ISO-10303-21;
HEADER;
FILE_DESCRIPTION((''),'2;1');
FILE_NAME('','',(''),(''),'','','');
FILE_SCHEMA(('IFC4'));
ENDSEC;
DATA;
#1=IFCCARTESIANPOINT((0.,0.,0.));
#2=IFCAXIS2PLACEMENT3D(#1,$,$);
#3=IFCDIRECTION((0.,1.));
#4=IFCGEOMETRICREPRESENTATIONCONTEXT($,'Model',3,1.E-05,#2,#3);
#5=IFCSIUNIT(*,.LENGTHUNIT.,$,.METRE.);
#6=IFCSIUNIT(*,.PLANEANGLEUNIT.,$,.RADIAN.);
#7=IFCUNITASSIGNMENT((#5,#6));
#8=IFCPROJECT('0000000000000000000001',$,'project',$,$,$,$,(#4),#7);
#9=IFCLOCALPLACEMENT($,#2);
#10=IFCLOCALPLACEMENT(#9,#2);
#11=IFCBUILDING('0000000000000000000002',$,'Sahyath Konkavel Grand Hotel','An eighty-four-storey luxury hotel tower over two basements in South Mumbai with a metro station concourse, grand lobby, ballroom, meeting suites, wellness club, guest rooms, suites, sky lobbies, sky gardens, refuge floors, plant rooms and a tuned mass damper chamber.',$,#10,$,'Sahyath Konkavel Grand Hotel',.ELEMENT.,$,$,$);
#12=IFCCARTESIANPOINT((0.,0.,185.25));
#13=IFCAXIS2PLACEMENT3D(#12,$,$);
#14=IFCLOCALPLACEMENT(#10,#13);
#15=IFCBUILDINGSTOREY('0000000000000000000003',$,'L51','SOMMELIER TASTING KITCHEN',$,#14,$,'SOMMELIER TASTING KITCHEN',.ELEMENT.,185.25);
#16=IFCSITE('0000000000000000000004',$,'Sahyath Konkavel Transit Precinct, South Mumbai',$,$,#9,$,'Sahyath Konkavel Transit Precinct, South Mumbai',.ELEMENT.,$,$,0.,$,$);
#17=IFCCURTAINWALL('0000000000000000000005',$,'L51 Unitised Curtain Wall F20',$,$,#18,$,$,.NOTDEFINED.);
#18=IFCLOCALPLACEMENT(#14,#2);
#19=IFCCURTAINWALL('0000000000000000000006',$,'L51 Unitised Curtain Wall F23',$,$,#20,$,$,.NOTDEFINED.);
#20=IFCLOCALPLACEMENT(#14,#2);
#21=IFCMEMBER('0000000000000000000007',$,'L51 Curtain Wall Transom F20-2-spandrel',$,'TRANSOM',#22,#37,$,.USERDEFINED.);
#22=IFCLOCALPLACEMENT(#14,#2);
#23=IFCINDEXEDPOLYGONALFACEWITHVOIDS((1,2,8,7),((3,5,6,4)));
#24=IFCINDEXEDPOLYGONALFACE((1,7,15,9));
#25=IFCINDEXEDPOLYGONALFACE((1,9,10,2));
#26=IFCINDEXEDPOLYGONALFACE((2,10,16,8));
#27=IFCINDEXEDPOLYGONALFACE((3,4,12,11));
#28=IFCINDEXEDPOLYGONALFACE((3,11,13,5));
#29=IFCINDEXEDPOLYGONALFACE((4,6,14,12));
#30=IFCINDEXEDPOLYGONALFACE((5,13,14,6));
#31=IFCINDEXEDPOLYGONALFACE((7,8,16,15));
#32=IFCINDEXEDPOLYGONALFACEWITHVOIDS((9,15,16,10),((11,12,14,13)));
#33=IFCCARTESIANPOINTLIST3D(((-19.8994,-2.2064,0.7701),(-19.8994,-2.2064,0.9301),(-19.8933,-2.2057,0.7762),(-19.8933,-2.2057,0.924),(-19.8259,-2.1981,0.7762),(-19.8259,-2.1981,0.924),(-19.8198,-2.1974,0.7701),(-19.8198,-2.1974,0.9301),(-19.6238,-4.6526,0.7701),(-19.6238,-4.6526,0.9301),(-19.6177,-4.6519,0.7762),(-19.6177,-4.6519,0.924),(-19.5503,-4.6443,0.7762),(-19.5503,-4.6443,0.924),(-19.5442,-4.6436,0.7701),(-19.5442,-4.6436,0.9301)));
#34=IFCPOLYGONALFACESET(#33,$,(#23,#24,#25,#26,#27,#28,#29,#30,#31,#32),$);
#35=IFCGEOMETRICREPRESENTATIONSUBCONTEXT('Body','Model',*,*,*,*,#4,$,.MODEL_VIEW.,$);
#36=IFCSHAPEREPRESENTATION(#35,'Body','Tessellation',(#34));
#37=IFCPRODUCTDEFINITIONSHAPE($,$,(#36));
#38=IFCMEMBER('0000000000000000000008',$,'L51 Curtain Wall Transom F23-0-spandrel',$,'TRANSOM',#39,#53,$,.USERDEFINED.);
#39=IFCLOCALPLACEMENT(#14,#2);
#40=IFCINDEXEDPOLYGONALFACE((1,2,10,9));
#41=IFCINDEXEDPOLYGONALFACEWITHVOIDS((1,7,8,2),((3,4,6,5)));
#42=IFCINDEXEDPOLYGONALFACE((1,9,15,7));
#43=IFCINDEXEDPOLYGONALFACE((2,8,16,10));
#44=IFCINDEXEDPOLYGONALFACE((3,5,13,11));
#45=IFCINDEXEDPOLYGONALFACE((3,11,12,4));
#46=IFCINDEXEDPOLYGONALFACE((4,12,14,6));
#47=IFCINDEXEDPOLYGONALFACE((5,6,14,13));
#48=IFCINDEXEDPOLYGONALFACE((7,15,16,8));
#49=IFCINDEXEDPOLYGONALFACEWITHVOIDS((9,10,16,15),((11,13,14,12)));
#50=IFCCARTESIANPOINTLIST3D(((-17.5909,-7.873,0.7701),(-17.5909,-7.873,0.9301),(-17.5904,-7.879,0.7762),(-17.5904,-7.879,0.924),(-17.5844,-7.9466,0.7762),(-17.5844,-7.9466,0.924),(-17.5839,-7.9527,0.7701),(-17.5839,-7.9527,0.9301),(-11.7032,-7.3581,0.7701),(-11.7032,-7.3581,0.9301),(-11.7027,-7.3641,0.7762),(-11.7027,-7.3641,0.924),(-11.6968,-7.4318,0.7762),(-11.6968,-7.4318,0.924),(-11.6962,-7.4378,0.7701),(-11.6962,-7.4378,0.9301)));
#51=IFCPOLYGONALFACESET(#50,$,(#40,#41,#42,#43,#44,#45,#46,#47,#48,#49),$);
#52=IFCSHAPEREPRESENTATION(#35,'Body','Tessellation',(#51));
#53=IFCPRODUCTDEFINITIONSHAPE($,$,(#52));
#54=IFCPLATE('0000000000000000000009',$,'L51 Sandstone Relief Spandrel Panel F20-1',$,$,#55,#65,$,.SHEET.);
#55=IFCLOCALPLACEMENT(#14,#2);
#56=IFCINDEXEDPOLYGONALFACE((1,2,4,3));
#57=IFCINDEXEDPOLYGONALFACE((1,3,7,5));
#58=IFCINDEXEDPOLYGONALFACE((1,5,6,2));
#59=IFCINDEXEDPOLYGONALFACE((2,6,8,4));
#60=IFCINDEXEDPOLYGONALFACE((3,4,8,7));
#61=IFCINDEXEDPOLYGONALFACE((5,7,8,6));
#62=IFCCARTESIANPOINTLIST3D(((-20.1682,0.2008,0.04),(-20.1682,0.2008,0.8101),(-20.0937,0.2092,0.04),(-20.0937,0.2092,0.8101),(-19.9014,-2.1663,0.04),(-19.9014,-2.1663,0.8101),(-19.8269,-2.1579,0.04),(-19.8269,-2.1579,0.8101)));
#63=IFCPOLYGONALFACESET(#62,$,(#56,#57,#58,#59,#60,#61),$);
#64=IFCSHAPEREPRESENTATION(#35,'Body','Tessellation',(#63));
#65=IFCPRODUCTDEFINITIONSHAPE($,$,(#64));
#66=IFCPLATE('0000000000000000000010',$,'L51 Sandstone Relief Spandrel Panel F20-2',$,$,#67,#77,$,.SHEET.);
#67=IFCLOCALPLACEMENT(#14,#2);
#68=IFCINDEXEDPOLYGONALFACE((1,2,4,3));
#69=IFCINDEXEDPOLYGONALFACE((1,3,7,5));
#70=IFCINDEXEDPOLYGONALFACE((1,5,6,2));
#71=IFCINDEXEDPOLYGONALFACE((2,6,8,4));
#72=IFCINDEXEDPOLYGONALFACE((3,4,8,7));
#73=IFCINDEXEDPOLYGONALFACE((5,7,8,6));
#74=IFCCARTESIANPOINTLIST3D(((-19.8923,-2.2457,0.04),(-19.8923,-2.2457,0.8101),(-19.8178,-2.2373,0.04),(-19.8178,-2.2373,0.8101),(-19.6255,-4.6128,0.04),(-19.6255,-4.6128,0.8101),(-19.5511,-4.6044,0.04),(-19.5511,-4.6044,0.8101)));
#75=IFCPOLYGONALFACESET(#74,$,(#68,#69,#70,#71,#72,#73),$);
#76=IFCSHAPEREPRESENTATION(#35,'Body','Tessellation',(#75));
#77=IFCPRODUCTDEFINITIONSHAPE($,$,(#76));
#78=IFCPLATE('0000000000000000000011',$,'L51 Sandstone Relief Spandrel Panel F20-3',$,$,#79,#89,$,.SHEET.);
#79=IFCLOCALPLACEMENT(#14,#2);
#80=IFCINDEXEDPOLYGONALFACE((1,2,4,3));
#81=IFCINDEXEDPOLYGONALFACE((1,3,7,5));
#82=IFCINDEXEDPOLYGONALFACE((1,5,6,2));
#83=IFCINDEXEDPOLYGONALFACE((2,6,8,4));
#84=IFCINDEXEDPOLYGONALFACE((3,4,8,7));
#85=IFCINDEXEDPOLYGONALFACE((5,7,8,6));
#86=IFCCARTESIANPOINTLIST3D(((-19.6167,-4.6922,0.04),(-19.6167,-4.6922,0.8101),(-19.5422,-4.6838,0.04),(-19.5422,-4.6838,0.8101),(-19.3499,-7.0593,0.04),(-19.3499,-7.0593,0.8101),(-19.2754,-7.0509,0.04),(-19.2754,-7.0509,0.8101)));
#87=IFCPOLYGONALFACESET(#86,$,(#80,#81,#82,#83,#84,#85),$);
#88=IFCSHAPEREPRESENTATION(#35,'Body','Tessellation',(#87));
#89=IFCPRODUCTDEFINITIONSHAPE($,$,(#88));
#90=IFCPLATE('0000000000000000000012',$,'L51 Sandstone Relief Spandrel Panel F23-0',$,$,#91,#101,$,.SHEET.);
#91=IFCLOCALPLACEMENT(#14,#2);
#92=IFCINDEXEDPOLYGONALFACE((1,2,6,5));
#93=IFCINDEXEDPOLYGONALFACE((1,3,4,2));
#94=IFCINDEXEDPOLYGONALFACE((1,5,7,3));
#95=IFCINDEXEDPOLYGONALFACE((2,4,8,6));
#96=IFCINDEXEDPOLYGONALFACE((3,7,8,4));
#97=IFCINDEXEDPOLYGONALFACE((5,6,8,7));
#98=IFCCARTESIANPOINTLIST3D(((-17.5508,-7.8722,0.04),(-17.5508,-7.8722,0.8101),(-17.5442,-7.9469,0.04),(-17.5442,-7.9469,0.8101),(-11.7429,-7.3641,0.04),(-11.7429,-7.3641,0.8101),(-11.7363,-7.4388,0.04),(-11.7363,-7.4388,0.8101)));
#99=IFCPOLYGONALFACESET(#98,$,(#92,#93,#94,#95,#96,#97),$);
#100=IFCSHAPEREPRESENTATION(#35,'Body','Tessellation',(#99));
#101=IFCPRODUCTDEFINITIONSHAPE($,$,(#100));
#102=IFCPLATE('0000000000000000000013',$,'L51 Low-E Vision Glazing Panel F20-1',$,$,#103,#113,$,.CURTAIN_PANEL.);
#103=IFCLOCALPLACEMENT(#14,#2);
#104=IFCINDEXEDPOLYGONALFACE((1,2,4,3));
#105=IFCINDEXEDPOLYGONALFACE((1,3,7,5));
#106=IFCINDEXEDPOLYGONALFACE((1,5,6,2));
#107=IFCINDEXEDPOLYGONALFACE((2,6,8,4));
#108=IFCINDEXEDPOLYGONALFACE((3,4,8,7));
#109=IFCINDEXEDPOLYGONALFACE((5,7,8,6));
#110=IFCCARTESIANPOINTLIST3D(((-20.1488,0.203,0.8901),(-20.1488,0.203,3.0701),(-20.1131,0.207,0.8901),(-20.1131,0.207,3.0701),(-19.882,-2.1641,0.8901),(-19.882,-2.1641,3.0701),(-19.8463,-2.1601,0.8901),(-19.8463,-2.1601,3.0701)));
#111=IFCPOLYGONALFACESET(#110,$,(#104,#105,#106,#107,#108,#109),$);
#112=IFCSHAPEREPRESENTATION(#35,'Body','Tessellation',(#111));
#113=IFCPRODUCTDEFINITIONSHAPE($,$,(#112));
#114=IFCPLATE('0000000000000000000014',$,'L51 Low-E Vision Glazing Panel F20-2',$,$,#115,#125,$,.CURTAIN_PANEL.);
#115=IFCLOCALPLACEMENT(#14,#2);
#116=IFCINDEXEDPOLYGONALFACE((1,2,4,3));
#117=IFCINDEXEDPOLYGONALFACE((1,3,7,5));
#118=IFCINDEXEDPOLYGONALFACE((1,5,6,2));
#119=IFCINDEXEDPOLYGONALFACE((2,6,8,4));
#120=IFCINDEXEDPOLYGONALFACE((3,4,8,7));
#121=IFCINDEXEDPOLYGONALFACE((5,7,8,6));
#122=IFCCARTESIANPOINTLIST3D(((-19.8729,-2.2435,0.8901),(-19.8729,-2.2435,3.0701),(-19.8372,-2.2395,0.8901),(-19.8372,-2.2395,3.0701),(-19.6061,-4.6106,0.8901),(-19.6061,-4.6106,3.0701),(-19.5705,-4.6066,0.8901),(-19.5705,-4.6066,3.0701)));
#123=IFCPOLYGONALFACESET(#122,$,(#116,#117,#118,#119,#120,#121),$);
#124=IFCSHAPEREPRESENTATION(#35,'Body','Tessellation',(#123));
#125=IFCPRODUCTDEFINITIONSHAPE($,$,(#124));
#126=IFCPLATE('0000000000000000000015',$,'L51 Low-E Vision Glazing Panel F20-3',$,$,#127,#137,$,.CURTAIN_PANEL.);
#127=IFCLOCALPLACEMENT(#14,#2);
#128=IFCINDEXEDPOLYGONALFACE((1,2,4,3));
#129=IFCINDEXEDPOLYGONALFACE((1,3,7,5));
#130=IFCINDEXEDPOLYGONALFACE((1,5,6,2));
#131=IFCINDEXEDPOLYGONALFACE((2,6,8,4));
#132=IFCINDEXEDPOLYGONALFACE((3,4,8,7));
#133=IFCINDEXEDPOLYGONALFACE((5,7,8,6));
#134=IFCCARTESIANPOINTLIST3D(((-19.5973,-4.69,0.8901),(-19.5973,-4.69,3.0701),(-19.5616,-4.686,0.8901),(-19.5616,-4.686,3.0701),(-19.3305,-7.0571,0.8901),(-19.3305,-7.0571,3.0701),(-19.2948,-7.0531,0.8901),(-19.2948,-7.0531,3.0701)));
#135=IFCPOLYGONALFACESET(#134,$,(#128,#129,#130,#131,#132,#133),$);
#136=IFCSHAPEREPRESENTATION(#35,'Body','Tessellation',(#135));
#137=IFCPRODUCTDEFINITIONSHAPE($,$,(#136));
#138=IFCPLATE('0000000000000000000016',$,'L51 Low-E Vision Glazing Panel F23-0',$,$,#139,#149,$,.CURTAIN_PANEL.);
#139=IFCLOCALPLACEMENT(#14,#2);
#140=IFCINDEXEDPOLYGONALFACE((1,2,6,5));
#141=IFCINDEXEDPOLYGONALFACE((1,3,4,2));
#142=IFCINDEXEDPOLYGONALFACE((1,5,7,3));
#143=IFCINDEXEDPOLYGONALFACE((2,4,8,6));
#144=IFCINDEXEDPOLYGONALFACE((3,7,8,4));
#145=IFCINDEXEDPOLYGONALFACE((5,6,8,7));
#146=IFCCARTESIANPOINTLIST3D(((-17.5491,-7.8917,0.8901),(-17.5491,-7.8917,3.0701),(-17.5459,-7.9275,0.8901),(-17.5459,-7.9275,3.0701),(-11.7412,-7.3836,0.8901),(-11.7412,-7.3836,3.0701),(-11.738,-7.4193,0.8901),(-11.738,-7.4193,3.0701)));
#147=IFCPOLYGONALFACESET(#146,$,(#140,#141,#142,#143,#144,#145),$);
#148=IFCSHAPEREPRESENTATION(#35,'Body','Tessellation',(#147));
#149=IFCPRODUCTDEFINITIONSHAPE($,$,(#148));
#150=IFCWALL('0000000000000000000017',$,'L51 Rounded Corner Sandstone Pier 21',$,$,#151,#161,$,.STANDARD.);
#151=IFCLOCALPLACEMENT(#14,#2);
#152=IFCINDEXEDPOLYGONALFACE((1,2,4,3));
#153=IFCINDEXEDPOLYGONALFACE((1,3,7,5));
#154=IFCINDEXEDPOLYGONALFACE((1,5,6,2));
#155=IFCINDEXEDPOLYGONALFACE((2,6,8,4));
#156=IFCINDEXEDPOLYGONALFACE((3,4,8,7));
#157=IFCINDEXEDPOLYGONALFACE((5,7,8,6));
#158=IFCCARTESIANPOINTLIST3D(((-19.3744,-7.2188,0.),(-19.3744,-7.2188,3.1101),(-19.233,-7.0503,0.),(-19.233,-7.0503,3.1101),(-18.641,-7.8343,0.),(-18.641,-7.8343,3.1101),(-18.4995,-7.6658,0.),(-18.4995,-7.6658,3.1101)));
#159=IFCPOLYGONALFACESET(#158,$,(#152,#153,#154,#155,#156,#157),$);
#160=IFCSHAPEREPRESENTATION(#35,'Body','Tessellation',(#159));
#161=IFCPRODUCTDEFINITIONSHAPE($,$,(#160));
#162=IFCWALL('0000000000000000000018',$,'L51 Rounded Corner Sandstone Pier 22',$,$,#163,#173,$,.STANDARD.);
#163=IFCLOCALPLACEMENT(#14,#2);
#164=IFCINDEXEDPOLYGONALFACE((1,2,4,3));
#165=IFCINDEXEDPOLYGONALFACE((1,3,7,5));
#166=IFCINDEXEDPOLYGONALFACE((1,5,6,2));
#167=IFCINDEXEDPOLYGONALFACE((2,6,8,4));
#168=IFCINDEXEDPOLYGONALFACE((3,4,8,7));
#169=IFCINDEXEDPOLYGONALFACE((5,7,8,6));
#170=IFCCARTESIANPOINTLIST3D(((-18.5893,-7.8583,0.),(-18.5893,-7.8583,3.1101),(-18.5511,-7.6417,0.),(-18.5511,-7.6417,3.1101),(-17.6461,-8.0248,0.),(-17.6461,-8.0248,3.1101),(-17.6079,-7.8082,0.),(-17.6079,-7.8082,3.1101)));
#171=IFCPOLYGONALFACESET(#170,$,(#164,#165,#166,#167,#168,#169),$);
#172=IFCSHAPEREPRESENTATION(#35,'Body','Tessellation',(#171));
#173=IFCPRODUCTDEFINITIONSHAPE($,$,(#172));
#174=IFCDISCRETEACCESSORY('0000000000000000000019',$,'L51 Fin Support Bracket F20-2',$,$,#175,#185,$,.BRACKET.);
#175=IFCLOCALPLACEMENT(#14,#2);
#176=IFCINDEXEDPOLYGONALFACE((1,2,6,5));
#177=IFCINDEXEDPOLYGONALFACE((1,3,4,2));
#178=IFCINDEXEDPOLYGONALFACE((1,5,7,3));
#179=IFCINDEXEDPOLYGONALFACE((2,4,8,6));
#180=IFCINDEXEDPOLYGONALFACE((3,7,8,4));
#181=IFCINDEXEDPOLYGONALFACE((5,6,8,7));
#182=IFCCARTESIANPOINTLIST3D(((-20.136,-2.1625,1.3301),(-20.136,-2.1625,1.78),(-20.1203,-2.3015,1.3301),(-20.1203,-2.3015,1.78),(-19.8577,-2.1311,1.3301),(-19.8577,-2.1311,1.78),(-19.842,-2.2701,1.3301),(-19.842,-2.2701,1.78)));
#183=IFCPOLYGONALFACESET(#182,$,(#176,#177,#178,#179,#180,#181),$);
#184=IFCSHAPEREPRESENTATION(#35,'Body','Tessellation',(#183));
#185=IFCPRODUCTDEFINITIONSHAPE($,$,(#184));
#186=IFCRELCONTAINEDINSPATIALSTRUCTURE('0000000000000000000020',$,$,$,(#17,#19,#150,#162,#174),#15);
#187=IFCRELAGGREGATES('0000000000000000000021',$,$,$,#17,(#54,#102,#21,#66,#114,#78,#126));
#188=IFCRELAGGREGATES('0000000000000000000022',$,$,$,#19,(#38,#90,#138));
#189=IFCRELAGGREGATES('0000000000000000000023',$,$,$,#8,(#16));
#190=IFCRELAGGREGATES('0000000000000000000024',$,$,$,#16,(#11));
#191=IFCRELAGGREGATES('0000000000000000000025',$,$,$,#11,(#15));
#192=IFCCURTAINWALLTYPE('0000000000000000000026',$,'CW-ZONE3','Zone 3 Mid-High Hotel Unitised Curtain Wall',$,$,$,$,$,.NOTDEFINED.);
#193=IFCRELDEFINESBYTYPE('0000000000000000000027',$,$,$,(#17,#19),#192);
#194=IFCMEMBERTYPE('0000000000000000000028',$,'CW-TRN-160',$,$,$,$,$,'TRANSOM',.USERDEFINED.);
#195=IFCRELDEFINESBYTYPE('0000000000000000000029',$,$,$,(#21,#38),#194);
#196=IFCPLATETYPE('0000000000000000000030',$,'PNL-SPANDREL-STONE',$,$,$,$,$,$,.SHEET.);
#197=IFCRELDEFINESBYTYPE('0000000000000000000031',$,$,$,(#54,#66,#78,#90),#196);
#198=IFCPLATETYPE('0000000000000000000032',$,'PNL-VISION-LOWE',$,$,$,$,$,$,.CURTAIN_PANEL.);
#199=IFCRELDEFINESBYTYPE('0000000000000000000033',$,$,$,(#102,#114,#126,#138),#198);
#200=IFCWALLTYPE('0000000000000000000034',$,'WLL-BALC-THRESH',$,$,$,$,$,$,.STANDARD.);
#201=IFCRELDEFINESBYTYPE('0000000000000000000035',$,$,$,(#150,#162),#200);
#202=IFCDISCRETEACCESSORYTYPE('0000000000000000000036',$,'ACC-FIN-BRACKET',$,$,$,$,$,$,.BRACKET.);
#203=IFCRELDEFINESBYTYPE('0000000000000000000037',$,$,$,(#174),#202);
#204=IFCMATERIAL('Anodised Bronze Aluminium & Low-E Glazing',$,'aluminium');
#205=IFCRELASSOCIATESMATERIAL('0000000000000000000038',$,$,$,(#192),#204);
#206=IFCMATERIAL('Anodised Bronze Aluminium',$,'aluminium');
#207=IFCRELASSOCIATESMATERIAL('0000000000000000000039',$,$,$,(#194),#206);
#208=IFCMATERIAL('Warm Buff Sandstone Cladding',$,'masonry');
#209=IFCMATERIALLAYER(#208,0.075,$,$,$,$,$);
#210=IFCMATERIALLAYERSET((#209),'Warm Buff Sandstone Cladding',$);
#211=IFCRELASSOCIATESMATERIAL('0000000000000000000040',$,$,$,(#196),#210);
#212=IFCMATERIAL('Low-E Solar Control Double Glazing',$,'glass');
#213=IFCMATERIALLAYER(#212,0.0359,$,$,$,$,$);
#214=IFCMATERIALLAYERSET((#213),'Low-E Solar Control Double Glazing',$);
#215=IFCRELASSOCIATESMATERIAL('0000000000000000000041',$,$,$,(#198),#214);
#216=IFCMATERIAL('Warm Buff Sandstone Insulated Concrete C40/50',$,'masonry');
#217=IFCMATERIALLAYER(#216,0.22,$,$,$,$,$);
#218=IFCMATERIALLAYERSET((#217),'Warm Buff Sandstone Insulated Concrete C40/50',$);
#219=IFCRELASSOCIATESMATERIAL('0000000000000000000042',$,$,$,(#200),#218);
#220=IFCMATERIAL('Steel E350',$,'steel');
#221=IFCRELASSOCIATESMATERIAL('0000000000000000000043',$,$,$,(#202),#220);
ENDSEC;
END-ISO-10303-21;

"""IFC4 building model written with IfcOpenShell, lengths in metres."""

from ifc_helpers import new_model, si_unit, direction, frame, frame_2d, origin, origin_2d, place, context, subcontext, project, spatial, rectangle, hollow_rectangle, extrude, source, transform, mapped, material, layer, layer_set, material_profile, profile_set, type_object, element, aggregate, save


model = new_model("IFC4")

# Units and contexts
model_context = context("Model", 3, precision=1e-05, world=origin(), true_north=direction((0.0, 1.0)))
body_context = subcontext(model_context, "Body", "Model", "MODEL_VIEW")
ifc_project = project(units=[si_unit("LENGTHUNIT", "METRE"), si_unit("PLANEANGLEUNIT", "RADIAN")], contexts=[model_context])

# Site, building, storey
site_placement = place(None, origin())
site = spatial("IfcSite", under=ifc_project, at=site_placement, Name="Sahyath Konkavel Transit Precinct, South Mumbai", LongName="Sahyath Konkavel Transit Precinct, South Mumbai", CompositionType="ELEMENT", RefElevation=0.0)
building_placement = place(site_placement, origin())
building = spatial("IfcBuilding", under=site, at=building_placement, Name="Sahyath Konkavel Grand Hotel", Description="An eighty-four-storey luxury hotel tower over two basements in South Mumbai with a metro station concourse, grand lobby, ballroom, meeting suites, wellness club, guest rooms, suites, sky lobbies, sky gardens, refuge floors, plant rooms and a tuned mass damper chamber.", LongName="Sahyath Konkavel Grand Hotel", CompositionType="ELEMENT")
storey_placement = place(building_placement, frame((0.0, 0.0, 185.25)))
storey = spatial("IfcBuildingStorey", under=building, at=storey_placement, Name="L51", Description="SOMMELIER TASTING KITCHEN", LongName="SOMMELIER TASTING KITCHEN", CompositionType="ELEMENT", Elevation=185.25)

# Shared definitions
ifc_material_1 = material(Name="Steel E350", Category="steel")

# Curtain wall
ifc_material_2 = material(Name="Anodised Bronze Aluminium & Low-E Glazing", Category="aluminium")
curtain_wall_type = type_object("IfcCurtainWallType", Name="CW-ZONE3", Description="Zone 3 Mid-High Hotel Unitised Curtain Wall", PredefinedType="NOTDEFINED", material=ifc_material_2)
curtain_wall_1_placement = place(storey_placement, origin())
curtain_wall_1 = element("IfcCurtainWall", 1, at=curtain_wall_1_placement, inside=storey, type_object=curtain_wall_type, Name="L51 Unitised Curtain Wall F20", PredefinedType="NOTDEFINED")
ifc_material_3 = material(Name="Anodised Bronze Aluminium", Category="aluminium")

# Curtain wall
curtain_wall_2_placement = place(storey_placement, origin())
curtain_wall_2 = element("IfcCurtainWall", 2, at=curtain_wall_2_placement, inside=storey, type_object=curtain_wall_type, Name="L51 Unitised Curtain Wall F23", PredefinedType="NOTDEFINED")

# Members
ifc_material_profile_1 = material_profile(ifc_material_3, hollow_rectangle(XDim=0.0801, YDim=0.1599, WallThickness=0.0061, at=origin_2d()), Name="RHS 160x80x6")
ifc_profile_set_1 = profile_set([ifc_material_profile_1], Name="Anodised Bronze Aluminium")
member_type_1 = type_object("IfcMemberType", Name="CW-TRN-160", ElementType="TRANSOM", PredefinedType="USERDEFINED", material=ifc_profile_set_1)
shared_shape_1 = source(origin(), body_context, "Body", "SweptSolid", [
    extrude(hollow_rectangle(XDim=0.0801, YDim=0.1599, WallThickness=0.0061, at=origin_2d()), origin(), (0.0, 0.0, 1.0), 2.4617),
])
member_1_placement = place(storey_placement, frame((-19.8596, -2.2019, 0.8501), z_axis=(0.111966, -0.993712, 0.0), x_axis=(0.993712, 0.111966, 0.0)))
member_1 = element("IfcMember", 3, at=member_1_placement, type_object=member_type_1, Name="L51 Curtain Wall Transom F20-2-spandrel", ObjectType="TRANSOM", PredefinedType="USERDEFINED", context=body_context, shape_type="MappedRepresentation", body=[
    mapped(shared_shape_1, transform((0.0, 0.0, 0.0), scale=1.0)),
])
shared_shape_2 = source(origin(), body_context, "Body", "SweptSolid", [
    extrude(hollow_rectangle(XDim=0.0801, YDim=0.1599, WallThickness=0.0061, at=origin_2d()), origin(), (0.0, 0.0, 1.0), 5.9102),
])
member_2_placement = place(storey_placement, frame((-17.5874, -7.9128, 0.8501), z_axis=(0.996198, 0.08712, 0.0), x_axis=(-0.08712, 0.996198, 0.0)))
member_2 = element("IfcMember", 4, at=member_2_placement, type_object=member_type_1, Name="L51 Curtain Wall Transom F23-0-spandrel", ObjectType="TRANSOM", PredefinedType="USERDEFINED", context=body_context, shape_type="MappedRepresentation", body=[
    mapped(shared_shape_2, transform((0.0, 0.0, 0.0), scale=1.0)),
])

# Plates
ifc_material_4 = material(Name="Warm Buff Sandstone Cladding", Category="masonry")
ifc_layer_1 = layer(ifc_material_4, 0.075)
ifc_layer_set_1 = layer_set([ifc_layer_1], Name="Warm Buff Sandstone Cladding")
plate_type_1 = type_object("IfcPlateType", Name="PNL-SPANDREL-STONE", PredefinedType="SHEET", material=ifc_layer_set_1)
shared_shape_3 = source(origin(), body_context, "Body", "SweptSolid", [
    extrude(rectangle(XDim=2.3821, YDim=0.075, at=origin_2d()), origin(), (0.0, 0.0, 1.0), 0.77),
])
plate_1_placement = place(storey_placement, frame((-19.9976, -0.9785, 0.04), z_axis=(0.0, 0.0, 1.0), x_axis=(0.111989, -0.993709, 0.0)))
plate_1 = element("IfcPlate", 5, at=plate_1_placement, type_object=plate_type_1, Name="L51 Sandstone Relief Spandrel Panel F20-1", PredefinedType="SHEET", context=body_context, shape_type="MappedRepresentation", body=[
    mapped(shared_shape_3, transform((0.0, 0.0, 0.0), scale=1.0)),
])
plate_2_placement = place(storey_placement, frame((-19.7217, -3.425, 0.04), z_axis=(0.0, 0.0, 1.0), x_axis=(0.111989, -0.993709, 0.0)))
plate_2 = element("IfcPlate", 6, at=plate_2_placement, type_object=plate_type_1, Name="L51 Sandstone Relief Spandrel Panel F20-2", PredefinedType="SHEET", context=body_context, shape_type="MappedRepresentation", body=[
    mapped(shared_shape_3, transform((0.0, 0.0, 0.0), scale=1.0)),
])
plate_3_placement = place(storey_placement, frame((-19.446, -5.8716, 0.04), z_axis=(0.0, 0.0, 1.0), x_axis=(0.111989, -0.993709, 0.0)))
plate_3 = element("IfcPlate", 7, at=plate_3_placement, type_object=plate_type_1, Name="L51 Sandstone Relief Spandrel Panel F20-3", PredefinedType="SHEET", context=body_context, shape_type="MappedRepresentation", body=[
    mapped(shared_shape_3, transform((0.0, 0.0, 0.0), scale=1.0)),
])
shared_shape_4 = source(origin(), body_context, "Body", "SweptSolid", [
    extrude(rectangle(XDim=5.8301, YDim=0.075, at=origin_2d()), origin(), (0.0, 0.0, 1.0), 0.77),
])
plate_4_placement = place(storey_placement, frame((-14.6436, -7.6555, 0.04), z_axis=(0.0, 0.0, 1.0), x_axis=(0.996195, 0.087156, 0.0)))
plate_4 = element("IfcPlate", 8, at=plate_4_placement, type_object=plate_type_1, Name="L51 Sandstone Relief Spandrel Panel F23-0", PredefinedType="SHEET", context=body_context, shape_type="MappedRepresentation", body=[
    mapped(shared_shape_4, transform((0.0, 0.0, 0.0), scale=1.0)),
])
ifc_material_5 = material(Name="Low-E Solar Control Double Glazing", Category="glass")
ifc_layer_2 = layer(ifc_material_5, 0.0359)
ifc_layer_set_2 = layer_set([ifc_layer_2], Name="Low-E Solar Control Double Glazing")
plate_type_2 = type_object("IfcPlateType", Name="PNL-VISION-LOWE", PredefinedType="CURTAIN_PANEL", material=ifc_layer_set_2)
shared_shape_5 = source(origin(), body_context, "Body", "SweptSolid", [
    extrude(rectangle(XDim=2.3821, YDim=0.0359, at=origin_2d()), origin(), (0.0, 0.0, 1.0), 2.1799),
])
plate_5_placement = place(storey_placement, frame((-19.9976, -0.9785, 0.8901), z_axis=(0.0, 0.0, 1.0), x_axis=(0.111989, -0.993709, 0.0)))
plate_5 = element("IfcPlate", 9, at=plate_5_placement, type_object=plate_type_2, Name="L51 Low-E Vision Glazing Panel F20-1", PredefinedType="CURTAIN_PANEL", context=body_context, shape_type="MappedRepresentation", body=[
    mapped(shared_shape_5, transform((0.0, 0.0, 0.0), scale=1.0)),
])
plate_6_placement = place(storey_placement, frame((-19.7217, -3.425, 0.8901), z_axis=(0.0, 0.0, 1.0), x_axis=(0.111989, -0.993709, 0.0)))
plate_6 = element("IfcPlate", 10, at=plate_6_placement, type_object=plate_type_2, Name="L51 Low-E Vision Glazing Panel F20-2", PredefinedType="CURTAIN_PANEL", context=body_context, shape_type="MappedRepresentation", body=[
    mapped(shared_shape_5, transform((0.0, 0.0, 0.0), scale=1.0)),
])
plate_7_placement = place(storey_placement, frame((-19.446, -5.8716, 0.8901), z_axis=(0.0, 0.0, 1.0), x_axis=(0.111989, -0.993709, 0.0)))
plate_7 = element("IfcPlate", 11, at=plate_7_placement, type_object=plate_type_2, Name="L51 Low-E Vision Glazing Panel F20-3", PredefinedType="CURTAIN_PANEL", context=body_context, shape_type="MappedRepresentation", body=[
    mapped(shared_shape_5, transform((0.0, 0.0, 0.0), scale=1.0)),
])
aggregate(curtain_wall_1, [plate_1, plate_5, member_1, plate_2, plate_6, plate_3, plate_7])
shared_shape_6 = source(origin(), body_context, "Body", "SweptSolid", [
    extrude(rectangle(XDim=5.8301, YDim=0.0359, at=origin_2d()), origin(), (0.0, 0.0, 1.0), 2.1799),
])
plate_8_placement = place(storey_placement, frame((-14.6436, -7.6555, 0.8901), z_axis=(0.0, 0.0, 1.0), x_axis=(0.996195, 0.087156, 0.0)))
plate_8 = element("IfcPlate", 12, at=plate_8_placement, type_object=plate_type_2, Name="L51 Low-E Vision Glazing Panel F23-0", PredefinedType="CURTAIN_PANEL", context=body_context, shape_type="MappedRepresentation", body=[
    mapped(shared_shape_6, transform((0.0, 0.0, 0.0), scale=1.0)),
])
aggregate(curtain_wall_2, [member_2, plate_4, plate_8])

# Walls
ifc_material_6 = material(Name="Warm Buff Sandstone Insulated Concrete C40/50", Category="masonry")
ifc_layer_3 = layer(ifc_material_6, 0.22)
ifc_layer_set_3 = layer_set([ifc_layer_3], Name="Warm Buff Sandstone Insulated Concrete C40/50")
wall_type = type_object("IfcWallType", Name="WLL-BALC-THRESH", PredefinedType="STANDARD", material=ifc_layer_set_3)
wall_1_placement = place(storey_placement, frame((-19.3037, -7.1345, 0.0), z_axis=(0.0, 0.0, 1.0), x_axis=(0.766001, -0.642839, 0.0)))
element("IfcWall", 13, at=wall_1_placement, inside=storey, type_object=wall_type, Name="L51 Rounded Corner Sandstone Pier 21", PredefinedType="STANDARD", context=body_context, shape_type="SweptSolid", body=[
    extrude(rectangle(XDim=0.9575, YDim=0.22, at=frame_2d((0.4788, 0.0))), origin(), (0.0, 0.0, 1.0), 3.1101),
])
wall_2_placement = place(storey_placement, frame((-18.5703, -7.75, 0.0), z_axis=(0.0, 0.0, 1.0), x_axis=(0.984771, -0.173858, 0.0)))
element("IfcWall", 14, at=wall_2_placement, inside=storey, type_object=wall_type, Name="L51 Rounded Corner Sandstone Pier 22", PredefinedType="STANDARD", context=body_context, shape_type="SweptSolid", body=[
    extrude(rectangle(XDim=0.9578, YDim=0.22, at=frame_2d((0.479, 0.0))), origin(), (0.0, 0.0, 1.0), 3.1101),
])

# Discrete accessory
discrete_accessory_type = type_object("IfcDiscreteAccessoryType", Name="ACC-FIN-BRACKET", PredefinedType="BRACKET", material=ifc_material_1)
shared_shape_7 = source(origin(), body_context, "Body", "SweptSolid", [
    extrude(rectangle(XDim=0.28, YDim=0.1399, at=origin_2d()), origin(), (0.0, 0.0, 1.0), 0.45),
])
discrete_accessory_placement = place(storey_placement, frame((-19.989, -2.2163, 1.3301), z_axis=(0.0, 0.0, 1.0), x_axis=(-0.993709, -0.111989, 0.0)))
element("IfcDiscreteAccessory", 15, at=discrete_accessory_placement, inside=storey, type_object=discrete_accessory_type, Name="L51 Fin Support Bracket F20-2", PredefinedType="BRACKET", context=body_context, shape_type="MappedRepresentation", body=[
    mapped(shared_shape_7, transform((0.0, 0.0, 0.0), scale=1.0)),
])

save(model, "model.ifc")
